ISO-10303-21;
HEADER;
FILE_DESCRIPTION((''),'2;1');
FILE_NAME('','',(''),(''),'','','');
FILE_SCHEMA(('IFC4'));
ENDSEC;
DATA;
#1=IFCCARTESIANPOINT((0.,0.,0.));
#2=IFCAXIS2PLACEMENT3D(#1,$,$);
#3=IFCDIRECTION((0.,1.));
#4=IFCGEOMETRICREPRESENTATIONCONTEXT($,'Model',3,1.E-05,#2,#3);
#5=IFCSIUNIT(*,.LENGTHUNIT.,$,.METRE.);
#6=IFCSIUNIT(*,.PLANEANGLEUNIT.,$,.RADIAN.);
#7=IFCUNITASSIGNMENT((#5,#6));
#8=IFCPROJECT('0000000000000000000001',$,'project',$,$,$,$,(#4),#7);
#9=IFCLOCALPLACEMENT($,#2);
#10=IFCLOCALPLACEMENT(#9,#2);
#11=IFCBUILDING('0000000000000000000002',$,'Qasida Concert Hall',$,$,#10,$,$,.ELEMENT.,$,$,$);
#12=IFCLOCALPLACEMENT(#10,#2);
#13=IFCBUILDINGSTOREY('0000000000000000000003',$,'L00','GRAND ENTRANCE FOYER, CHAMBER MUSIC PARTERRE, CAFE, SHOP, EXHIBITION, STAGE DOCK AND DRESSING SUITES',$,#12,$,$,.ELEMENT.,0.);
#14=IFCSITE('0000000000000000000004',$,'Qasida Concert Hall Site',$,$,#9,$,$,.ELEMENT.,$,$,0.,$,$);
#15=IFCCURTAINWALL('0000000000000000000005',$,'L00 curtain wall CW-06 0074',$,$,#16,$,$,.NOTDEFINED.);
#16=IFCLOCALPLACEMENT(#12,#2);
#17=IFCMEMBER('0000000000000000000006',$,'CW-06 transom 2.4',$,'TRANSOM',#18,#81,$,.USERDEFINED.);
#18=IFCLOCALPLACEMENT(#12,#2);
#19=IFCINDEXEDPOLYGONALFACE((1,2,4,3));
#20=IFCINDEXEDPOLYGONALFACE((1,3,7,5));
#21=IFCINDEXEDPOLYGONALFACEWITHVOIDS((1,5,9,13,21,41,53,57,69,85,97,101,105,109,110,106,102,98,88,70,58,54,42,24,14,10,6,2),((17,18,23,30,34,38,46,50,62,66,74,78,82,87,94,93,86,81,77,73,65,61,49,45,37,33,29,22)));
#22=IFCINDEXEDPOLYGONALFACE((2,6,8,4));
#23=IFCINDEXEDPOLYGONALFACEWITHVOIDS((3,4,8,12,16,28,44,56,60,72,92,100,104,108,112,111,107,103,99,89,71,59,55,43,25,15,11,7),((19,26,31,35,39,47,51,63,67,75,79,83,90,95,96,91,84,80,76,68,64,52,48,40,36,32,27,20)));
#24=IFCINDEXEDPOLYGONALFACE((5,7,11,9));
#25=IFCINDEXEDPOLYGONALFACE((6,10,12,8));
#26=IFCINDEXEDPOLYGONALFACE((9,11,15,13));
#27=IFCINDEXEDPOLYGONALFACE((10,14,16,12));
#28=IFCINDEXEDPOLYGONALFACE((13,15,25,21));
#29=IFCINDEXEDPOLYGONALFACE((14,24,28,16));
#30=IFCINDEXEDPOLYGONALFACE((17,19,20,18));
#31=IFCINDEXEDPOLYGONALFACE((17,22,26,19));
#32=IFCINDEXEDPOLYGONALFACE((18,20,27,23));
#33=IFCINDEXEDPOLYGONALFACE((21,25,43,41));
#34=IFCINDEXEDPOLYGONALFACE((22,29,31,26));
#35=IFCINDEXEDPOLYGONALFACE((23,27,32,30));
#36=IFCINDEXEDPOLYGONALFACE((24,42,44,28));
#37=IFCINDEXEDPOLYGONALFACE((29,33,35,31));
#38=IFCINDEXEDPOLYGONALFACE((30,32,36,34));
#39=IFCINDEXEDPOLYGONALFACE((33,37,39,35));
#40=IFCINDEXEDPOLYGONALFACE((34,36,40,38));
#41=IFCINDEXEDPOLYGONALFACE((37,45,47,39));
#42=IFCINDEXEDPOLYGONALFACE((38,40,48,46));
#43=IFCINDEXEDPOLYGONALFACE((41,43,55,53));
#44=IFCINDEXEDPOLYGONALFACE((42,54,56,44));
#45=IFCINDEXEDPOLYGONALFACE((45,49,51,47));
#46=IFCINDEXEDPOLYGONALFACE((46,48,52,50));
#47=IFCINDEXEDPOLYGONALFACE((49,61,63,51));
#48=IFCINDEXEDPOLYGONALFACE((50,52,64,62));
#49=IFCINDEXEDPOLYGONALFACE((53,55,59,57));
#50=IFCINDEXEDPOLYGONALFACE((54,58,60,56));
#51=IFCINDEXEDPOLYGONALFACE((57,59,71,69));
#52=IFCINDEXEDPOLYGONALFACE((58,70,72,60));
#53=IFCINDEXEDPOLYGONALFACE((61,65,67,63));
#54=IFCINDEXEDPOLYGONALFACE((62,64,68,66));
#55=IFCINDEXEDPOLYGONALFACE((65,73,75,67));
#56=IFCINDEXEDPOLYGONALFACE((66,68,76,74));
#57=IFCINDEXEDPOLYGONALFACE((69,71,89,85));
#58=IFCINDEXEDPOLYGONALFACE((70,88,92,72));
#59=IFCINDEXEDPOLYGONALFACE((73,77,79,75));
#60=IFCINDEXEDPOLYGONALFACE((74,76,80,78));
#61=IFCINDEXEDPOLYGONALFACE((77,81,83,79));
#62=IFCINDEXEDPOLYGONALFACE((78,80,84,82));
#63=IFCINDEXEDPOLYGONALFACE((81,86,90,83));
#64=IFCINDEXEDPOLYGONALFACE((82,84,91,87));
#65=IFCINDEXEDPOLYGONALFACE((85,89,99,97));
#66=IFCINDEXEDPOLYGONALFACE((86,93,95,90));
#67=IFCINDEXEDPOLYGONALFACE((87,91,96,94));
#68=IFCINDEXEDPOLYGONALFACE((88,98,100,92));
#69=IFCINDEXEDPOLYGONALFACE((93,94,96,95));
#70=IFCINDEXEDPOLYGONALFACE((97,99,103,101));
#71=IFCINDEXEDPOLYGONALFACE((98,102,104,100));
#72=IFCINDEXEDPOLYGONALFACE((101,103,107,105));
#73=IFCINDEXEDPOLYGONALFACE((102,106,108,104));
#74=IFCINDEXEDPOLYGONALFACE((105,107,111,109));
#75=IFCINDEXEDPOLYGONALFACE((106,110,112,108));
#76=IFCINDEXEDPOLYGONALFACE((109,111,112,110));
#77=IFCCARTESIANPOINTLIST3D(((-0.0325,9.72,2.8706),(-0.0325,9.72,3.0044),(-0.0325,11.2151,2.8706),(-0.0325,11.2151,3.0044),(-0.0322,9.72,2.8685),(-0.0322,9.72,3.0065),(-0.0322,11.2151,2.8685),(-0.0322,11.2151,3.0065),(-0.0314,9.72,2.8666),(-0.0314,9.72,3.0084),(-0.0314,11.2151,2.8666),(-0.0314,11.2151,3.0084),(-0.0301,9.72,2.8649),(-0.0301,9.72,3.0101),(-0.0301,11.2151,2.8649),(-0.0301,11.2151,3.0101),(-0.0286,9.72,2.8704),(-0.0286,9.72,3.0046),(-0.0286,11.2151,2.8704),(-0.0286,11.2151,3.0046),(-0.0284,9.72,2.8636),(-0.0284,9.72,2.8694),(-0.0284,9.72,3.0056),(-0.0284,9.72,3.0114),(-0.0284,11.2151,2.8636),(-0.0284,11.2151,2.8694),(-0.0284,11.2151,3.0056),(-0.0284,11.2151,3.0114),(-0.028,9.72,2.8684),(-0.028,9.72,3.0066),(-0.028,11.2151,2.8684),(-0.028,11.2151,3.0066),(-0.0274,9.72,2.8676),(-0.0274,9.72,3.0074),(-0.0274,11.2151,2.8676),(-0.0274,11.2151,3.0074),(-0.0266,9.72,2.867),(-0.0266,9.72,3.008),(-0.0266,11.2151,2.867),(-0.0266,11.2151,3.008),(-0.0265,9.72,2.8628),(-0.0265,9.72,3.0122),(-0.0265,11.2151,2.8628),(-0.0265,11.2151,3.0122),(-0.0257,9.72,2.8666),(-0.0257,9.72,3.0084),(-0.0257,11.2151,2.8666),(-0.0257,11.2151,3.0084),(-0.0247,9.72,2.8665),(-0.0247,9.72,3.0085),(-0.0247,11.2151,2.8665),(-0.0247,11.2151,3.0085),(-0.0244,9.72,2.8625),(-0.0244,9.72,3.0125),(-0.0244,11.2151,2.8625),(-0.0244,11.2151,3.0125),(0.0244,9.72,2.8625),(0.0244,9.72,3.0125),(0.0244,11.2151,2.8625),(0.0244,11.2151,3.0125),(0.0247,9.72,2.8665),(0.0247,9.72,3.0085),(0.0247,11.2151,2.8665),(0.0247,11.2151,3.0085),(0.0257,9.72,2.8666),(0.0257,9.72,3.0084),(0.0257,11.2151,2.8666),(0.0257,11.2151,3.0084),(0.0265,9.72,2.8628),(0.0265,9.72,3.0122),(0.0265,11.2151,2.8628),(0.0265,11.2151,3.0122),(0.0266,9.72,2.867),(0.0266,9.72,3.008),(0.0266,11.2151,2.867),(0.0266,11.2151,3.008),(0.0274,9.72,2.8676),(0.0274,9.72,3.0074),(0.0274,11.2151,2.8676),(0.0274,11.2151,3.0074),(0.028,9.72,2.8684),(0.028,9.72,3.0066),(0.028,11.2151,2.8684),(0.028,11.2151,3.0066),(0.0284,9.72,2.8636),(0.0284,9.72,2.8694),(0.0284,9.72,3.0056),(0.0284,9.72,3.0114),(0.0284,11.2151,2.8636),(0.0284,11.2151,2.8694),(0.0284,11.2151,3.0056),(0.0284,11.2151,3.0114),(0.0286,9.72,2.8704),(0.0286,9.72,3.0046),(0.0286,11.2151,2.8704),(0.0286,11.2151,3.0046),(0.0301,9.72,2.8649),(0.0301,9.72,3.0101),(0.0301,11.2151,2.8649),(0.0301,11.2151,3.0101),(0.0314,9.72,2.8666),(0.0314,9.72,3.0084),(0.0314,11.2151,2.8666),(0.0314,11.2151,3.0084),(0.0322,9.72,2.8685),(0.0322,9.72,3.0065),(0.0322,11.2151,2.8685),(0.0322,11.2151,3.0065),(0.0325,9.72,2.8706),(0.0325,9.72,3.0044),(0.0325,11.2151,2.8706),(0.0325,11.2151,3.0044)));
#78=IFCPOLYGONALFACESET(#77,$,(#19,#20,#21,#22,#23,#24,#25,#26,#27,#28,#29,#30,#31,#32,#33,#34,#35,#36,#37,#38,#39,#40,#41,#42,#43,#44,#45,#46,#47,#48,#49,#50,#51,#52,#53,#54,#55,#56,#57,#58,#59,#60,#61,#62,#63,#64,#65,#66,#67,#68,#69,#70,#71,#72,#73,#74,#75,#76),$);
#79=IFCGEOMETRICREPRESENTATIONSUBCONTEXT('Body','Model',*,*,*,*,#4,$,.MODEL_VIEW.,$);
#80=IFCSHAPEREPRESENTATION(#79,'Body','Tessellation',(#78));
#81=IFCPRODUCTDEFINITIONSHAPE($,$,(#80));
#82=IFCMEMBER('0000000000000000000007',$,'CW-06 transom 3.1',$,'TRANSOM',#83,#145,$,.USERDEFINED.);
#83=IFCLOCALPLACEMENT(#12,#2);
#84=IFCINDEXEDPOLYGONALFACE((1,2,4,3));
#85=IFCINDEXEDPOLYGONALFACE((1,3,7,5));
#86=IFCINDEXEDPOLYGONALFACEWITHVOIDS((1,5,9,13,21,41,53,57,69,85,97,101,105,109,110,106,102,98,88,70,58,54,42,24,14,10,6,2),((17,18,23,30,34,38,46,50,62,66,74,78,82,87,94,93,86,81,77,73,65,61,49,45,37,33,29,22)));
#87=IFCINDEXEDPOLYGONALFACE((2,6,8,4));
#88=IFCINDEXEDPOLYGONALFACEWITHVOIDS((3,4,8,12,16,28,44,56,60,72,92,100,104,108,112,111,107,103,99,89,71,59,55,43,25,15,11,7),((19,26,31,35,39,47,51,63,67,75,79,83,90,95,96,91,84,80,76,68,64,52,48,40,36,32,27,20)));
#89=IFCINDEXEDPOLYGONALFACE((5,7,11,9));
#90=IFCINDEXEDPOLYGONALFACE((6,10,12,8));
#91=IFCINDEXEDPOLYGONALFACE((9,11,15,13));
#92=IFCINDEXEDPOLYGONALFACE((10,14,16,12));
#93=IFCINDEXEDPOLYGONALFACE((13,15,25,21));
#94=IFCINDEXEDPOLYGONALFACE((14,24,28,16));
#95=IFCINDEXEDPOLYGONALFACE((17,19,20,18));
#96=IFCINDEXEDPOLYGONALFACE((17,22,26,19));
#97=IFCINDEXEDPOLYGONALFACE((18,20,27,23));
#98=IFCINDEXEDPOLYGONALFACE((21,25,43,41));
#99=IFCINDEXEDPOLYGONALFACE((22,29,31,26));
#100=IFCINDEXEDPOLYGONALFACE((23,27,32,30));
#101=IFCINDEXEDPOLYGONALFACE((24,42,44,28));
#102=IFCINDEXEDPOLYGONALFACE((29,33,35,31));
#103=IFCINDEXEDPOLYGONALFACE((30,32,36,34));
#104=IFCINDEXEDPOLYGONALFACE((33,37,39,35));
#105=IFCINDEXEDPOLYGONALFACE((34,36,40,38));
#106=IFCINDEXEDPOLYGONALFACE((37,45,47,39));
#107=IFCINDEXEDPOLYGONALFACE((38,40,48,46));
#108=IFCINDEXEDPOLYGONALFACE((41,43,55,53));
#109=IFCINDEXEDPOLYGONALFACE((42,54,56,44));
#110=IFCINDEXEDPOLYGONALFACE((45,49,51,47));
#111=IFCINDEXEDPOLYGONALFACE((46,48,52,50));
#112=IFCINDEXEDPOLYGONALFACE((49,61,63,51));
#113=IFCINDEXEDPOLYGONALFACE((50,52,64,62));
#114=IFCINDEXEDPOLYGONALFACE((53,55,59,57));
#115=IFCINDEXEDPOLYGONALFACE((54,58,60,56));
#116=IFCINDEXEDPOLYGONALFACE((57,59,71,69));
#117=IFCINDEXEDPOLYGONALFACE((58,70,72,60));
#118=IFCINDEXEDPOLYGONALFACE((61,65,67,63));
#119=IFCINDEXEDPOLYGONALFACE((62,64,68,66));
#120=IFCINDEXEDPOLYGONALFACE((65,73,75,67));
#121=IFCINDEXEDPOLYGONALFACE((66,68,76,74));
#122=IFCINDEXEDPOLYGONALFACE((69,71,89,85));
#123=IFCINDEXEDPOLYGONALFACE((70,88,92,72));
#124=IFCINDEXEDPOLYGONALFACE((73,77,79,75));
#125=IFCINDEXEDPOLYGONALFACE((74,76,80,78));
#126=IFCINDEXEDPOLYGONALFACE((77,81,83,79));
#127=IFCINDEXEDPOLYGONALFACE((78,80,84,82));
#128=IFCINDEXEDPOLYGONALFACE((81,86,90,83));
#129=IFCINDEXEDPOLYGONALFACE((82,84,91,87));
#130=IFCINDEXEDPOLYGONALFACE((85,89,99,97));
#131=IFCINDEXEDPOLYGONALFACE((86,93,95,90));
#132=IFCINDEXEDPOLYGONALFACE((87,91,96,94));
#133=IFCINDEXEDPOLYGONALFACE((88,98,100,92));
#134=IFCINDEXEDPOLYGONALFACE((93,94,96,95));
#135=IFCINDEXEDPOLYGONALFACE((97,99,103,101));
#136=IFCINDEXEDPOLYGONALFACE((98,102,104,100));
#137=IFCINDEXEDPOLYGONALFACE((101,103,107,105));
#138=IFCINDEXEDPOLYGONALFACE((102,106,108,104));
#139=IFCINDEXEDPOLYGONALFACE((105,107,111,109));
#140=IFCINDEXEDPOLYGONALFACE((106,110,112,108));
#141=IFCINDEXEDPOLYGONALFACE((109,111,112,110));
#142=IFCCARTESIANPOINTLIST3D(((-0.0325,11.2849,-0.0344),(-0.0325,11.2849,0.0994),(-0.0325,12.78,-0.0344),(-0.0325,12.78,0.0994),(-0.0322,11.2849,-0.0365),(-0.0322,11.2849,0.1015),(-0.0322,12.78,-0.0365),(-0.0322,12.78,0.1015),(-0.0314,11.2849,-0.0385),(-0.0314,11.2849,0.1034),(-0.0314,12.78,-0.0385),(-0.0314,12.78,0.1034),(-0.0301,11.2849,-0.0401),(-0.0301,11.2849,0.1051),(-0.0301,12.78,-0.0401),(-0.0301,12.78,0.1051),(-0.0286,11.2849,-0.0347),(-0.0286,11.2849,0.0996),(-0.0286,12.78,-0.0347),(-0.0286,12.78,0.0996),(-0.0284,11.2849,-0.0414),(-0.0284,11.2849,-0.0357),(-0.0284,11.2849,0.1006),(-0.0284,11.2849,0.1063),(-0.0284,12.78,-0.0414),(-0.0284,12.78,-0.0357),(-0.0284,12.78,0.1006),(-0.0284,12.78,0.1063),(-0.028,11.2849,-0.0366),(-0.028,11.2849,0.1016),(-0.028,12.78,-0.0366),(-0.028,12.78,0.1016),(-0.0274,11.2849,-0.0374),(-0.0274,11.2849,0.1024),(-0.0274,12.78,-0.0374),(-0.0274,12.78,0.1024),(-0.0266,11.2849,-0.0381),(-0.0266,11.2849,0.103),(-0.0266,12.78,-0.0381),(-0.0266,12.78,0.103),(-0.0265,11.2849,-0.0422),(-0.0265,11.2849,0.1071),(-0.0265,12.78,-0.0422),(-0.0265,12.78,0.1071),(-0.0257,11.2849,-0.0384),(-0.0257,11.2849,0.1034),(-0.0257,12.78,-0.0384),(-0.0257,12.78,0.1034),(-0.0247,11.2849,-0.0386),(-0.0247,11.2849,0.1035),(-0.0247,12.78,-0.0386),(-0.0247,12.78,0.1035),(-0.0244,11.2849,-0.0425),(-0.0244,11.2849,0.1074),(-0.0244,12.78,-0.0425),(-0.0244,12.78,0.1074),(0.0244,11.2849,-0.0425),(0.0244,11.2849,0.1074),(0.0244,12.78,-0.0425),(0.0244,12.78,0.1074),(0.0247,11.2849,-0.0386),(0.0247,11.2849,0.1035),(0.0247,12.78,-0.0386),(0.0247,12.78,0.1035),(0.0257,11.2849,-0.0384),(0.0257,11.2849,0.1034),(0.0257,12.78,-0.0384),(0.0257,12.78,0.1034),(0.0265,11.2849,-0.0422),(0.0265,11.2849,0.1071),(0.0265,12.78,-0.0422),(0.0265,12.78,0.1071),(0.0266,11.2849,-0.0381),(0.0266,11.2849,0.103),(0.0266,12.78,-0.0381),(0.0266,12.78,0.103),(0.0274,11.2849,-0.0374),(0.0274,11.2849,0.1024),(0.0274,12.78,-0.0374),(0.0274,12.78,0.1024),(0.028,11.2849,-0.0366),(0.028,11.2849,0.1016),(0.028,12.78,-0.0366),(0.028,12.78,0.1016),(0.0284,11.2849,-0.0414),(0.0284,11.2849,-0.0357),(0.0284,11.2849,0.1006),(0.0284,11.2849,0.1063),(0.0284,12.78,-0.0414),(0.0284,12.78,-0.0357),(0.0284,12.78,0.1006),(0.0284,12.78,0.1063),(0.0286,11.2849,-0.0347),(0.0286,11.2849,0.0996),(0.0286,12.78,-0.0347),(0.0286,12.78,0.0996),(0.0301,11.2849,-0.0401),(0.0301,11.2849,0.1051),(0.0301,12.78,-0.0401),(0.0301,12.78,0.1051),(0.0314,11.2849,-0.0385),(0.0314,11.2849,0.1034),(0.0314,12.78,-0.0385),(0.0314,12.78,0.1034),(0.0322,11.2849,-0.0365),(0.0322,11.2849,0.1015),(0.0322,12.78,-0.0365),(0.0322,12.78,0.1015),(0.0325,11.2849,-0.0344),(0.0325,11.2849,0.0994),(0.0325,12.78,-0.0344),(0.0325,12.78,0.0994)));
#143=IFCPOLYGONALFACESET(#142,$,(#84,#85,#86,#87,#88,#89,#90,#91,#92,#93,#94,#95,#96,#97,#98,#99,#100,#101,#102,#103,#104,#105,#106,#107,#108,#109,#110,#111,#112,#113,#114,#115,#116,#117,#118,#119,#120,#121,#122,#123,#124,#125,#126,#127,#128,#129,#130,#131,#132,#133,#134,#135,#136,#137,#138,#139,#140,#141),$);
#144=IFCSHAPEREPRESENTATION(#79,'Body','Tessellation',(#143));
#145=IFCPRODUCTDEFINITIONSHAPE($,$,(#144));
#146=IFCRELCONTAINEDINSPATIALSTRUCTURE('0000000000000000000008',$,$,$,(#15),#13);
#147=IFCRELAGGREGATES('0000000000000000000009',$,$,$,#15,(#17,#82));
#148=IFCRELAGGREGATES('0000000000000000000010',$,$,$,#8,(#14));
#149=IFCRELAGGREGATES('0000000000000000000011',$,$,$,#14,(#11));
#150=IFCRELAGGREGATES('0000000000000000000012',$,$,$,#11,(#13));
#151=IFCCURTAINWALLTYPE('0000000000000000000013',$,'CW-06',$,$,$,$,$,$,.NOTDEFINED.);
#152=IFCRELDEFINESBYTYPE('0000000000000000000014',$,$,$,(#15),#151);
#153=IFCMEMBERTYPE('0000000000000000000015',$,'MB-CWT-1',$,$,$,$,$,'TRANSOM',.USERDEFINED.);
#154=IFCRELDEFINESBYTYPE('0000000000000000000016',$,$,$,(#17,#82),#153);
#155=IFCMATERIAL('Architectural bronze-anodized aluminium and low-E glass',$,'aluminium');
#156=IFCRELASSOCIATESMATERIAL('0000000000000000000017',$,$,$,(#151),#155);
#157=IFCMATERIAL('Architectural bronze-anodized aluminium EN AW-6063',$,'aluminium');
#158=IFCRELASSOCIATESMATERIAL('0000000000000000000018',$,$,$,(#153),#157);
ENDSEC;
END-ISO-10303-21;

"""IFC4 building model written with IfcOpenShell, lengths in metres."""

from ifc_helpers import new_model, si_unit, direction, frame, origin, origin_2d, place, context, subcontext, project, spatial, hollow_rectangle, extrude, material, material_profile, profile_set, type_object, element, aggregate, save


model = new_model("IFC4")

# Units and contexts
model_context = context("Model", 3, precision=1e-05, world=origin(), true_north=direction((0.0, 1.0)))
body_context = subcontext(model_context, "Body", "Model", "MODEL_VIEW")
ifc_project = project(units=[si_unit("LENGTHUNIT", "METRE"), si_unit("PLANEANGLEUNIT", "RADIAN")], contexts=[model_context])

# Site, building, storey
site_placement = place(None, origin())
site = spatial("IfcSite", under=ifc_project, at=site_placement, Name="Qasida Concert Hall Site", CompositionType="ELEMENT", RefElevation=0.0)
building_placement = place(site_placement, origin())
building = spatial("IfcBuilding", under=site, at=building_placement, Name="Qasida Concert Hall", CompositionType="ELEMENT")
storey_placement = place(building_placement, origin())
storey = spatial("IfcBuildingStorey", under=building, at=storey_placement, Name="L00", Description="GRAND ENTRANCE FOYER, CHAMBER MUSIC PARTERRE, CAFE, SHOP, EXHIBITION, STAGE DOCK AND DRESSING SUITES", CompositionType="ELEMENT", Elevation=0.0)

# Curtain wall, members
ifc_material_1 = material(Name="Architectural bronze-anodized aluminium and low-E glass", Category="aluminium")
curtain_wall_type = type_object("IfcCurtainWallType", Name="CW-06", PredefinedType="NOTDEFINED", material=ifc_material_1)
curtain_wall_placement = place(storey_placement, origin())
curtain_wall = element("IfcCurtainWall", 1, at=curtain_wall_placement, inside=storey, type_object=curtain_wall_type, Name="L00 curtain wall CW-06 0074", PredefinedType="NOTDEFINED")
ifc_material_2 = material(Name="Architectural bronze-anodized aluminium EN AW-6063", Category="aluminium")
ifc_material_profile_1 = material_profile(ifc_material_2, hollow_rectangle(XDim=0.0649, YDim=0.1499, WallThickness=0.0039, InnerFilletRadius=0.0039, OuterFilletRadius=0.0081, at=origin_2d()), Name="CWT 150x65x4")
ifc_profile_set_1 = profile_set([ifc_material_profile_1], Name="Architectural bronze-anodized aluminium EN AW-6063")
member_type_1 = type_object("IfcMemberType", Name="MB-CWT-1", ElementType="TRANSOM", PredefinedType="USERDEFINED", material=ifc_profile_set_1)
member_1_placement = place(storey_placement, frame((0.0, 9.72, 2.9375), z_axis=(0.0, 1.0, 0.0), x_axis=(-1.0, 0.0, 0.0)))
member_1 = element("IfcMember", 2, at=member_1_placement, type_object=member_type_1, Name="CW-06 transom 2.4", ObjectType="TRANSOM", PredefinedType="USERDEFINED", context=body_context, shape_type="SweptSolid", body=[
    extrude(hollow_rectangle(XDim=0.0649, YDim=0.1499, WallThickness=0.0039, InnerFilletRadius=0.0039, OuterFilletRadius=0.0081, at=origin_2d()), origin(), (0.0, 0.0, 1.0), 1.4951),
])
member_2_placement = place(storey_placement, frame((0.0, 11.2849, 0.0325), z_axis=(0.0, 1.0, 0.0), x_axis=(-1.0, 0.0, 0.0)))
member_2 = element("IfcMember", 3, at=member_2_placement, type_object=member_type_1, Name="CW-06 transom 3.1", ObjectType="TRANSOM", PredefinedType="USERDEFINED", context=body_context, shape_type="SweptSolid", body=[
    extrude(hollow_rectangle(XDim=0.0649, YDim=0.1499, WallThickness=0.0039, InnerFilletRadius=0.0039, OuterFilletRadius=0.0081, at=origin_2d()), origin(), (0.0, 0.0, 1.0), 1.4951),
])
aggregate(curtain_wall, [member_1, member_2])

save(model, "model.ifc")
